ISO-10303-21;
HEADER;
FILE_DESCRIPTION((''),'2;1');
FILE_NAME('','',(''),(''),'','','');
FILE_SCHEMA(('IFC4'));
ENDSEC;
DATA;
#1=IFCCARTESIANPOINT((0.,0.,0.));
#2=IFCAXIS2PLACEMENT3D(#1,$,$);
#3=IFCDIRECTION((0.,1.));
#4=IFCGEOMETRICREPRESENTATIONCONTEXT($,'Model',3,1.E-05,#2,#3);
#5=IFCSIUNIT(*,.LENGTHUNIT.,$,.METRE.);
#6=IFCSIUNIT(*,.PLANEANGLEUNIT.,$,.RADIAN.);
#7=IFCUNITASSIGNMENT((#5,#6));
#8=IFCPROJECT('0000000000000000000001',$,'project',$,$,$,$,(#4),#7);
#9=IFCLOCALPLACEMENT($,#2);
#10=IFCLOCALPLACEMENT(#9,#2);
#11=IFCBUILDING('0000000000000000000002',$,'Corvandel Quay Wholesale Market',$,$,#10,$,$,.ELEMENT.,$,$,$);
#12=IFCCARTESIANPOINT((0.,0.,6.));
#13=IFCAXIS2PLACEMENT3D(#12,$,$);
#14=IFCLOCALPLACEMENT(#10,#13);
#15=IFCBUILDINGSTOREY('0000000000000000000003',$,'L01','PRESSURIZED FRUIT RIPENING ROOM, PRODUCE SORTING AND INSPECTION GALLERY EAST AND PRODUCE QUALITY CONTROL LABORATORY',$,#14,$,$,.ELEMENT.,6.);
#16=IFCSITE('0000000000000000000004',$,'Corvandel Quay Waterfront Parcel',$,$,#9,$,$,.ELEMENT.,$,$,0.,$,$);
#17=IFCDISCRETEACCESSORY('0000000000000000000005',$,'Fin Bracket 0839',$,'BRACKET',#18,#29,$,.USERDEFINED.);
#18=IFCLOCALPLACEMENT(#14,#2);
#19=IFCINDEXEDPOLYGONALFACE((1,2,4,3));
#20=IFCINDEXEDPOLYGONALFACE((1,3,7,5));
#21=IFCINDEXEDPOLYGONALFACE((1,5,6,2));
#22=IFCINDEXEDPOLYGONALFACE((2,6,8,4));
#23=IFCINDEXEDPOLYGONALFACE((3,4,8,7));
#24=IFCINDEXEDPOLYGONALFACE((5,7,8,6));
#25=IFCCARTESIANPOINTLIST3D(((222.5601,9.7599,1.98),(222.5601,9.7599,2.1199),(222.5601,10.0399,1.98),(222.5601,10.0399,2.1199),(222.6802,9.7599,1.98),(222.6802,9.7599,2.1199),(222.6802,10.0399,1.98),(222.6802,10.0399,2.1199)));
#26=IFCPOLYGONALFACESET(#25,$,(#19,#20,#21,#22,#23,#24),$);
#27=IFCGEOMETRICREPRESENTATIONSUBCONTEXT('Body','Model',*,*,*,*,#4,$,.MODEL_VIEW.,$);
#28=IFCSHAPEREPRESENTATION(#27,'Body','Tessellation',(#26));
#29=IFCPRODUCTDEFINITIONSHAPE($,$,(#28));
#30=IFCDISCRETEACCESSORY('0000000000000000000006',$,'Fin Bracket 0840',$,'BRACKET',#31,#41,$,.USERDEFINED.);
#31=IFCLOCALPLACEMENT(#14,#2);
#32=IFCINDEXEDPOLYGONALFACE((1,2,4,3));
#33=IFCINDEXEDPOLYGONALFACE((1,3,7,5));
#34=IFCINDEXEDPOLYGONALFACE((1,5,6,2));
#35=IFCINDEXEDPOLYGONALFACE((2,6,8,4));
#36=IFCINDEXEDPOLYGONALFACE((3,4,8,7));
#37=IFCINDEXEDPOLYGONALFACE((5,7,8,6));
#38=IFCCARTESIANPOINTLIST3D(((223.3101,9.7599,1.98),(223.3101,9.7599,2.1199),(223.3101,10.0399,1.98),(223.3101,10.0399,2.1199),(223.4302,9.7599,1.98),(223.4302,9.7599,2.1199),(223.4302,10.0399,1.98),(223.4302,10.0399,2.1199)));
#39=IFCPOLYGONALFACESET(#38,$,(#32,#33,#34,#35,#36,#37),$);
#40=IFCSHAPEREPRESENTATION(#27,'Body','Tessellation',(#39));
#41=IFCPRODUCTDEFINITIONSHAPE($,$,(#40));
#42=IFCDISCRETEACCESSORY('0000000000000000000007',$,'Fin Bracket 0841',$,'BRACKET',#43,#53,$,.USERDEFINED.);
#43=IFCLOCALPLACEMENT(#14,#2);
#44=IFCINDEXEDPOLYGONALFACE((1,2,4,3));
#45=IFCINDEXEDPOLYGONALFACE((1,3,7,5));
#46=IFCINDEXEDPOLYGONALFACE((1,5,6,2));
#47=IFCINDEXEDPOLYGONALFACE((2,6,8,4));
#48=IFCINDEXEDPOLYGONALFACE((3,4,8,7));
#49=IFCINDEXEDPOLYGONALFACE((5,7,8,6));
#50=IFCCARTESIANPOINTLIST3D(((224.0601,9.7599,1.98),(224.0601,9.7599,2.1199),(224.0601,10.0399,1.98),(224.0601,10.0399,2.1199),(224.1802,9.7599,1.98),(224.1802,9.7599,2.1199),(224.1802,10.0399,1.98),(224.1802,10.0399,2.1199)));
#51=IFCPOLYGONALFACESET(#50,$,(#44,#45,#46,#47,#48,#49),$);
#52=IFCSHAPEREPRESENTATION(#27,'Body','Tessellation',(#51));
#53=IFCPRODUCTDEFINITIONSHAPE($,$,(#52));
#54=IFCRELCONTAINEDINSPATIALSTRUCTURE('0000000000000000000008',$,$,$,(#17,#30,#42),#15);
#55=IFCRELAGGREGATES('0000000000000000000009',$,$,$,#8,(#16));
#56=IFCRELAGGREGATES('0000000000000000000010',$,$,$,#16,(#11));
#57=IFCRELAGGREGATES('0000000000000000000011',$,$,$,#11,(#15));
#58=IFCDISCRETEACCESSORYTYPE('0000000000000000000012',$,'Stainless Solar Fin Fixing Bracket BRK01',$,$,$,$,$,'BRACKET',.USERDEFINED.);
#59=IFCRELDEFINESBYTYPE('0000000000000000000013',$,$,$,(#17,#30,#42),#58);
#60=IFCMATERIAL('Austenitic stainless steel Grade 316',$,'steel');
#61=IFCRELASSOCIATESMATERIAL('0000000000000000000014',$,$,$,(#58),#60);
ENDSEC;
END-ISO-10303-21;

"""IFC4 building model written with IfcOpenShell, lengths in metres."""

from ifc_helpers import new_model, si_unit, direction, frame, origin, origin_2d, place, context, subcontext, project, spatial, rectangle, extrude, material, type_object, element, save


model = new_model("IFC4")

# Units and contexts
model_context = context("Model", 3, precision=1e-05, world=origin(), true_north=direction((0.0, 1.0)))
body_context = subcontext(model_context, "Body", "Model", "MODEL_VIEW")
ifc_project = project(units=[si_unit("LENGTHUNIT", "METRE"), si_unit("PLANEANGLEUNIT", "RADIAN")], contexts=[model_context])

# Site, building, storey
site_placement = place(None, origin())
site = spatial("IfcSite", under=ifc_project, at=site_placement, Name="Corvandel Quay Waterfront Parcel", CompositionType="ELEMENT", RefElevation=0.0)
building_placement = place(site_placement, origin())
building = spatial("IfcBuilding", under=site, at=building_placement, Name="Corvandel Quay Wholesale Market", CompositionType="ELEMENT")
storey_placement = place(building_placement, frame((0.0, 0.0, 6.0)))
storey = spatial("IfcBuildingStorey", under=building, at=storey_placement, Name="L01", Description="PRESSURIZED FRUIT RIPENING ROOM, PRODUCE SORTING AND INSPECTION GALLERY EAST AND PRODUCE QUALITY CONTROL LABORATORY", CompositionType="ELEMENT", Elevation=6.0)

# Discrete accessories
ifc_material_1 = material(Name="Austenitic stainless steel Grade 316", Category="steel")
discrete_accessory_type = type_object("IfcDiscreteAccessoryType", Name="Stainless Solar Fin Fixing Bracket BRK01", ElementType="BRACKET", PredefinedType="USERDEFINED", material=ifc_material_1)
for number, where, z_axis, x_axis, name in (
    (1, (222.6201, 9.8999, 1.98), (0.0, 0.0, 1.0), (0.0, 1.0, 0.0), "Fin Bracket 0839"),
    (2, (223.3701, 9.8999, 1.98), (0.0, 0.0, 1.0), (0.0, 1.0, 0.0), "Fin Bracket 0840"),
    (3, (224.1201, 9.8999, 1.98), (0.0, 0.0, 1.0), (0.0, 1.0, 0.0), "Fin Bracket 0841"),
):
    element("IfcDiscreteAccessory", number, at=place(storey_placement, frame(where, z_axis=z_axis, x_axis=x_axis)), inside=storey, type_object=discrete_accessory_type, Name=name, ObjectType="BRACKET", PredefinedType="USERDEFINED", context=body_context, shape_type="SweptSolid", body=[
        extrude(rectangle(XDim=0.28, YDim=0.1201, at=origin_2d()), origin(), (0.0, 0.0, 1.0), 0.1399),
    ])

save(model, "model.ifc")
